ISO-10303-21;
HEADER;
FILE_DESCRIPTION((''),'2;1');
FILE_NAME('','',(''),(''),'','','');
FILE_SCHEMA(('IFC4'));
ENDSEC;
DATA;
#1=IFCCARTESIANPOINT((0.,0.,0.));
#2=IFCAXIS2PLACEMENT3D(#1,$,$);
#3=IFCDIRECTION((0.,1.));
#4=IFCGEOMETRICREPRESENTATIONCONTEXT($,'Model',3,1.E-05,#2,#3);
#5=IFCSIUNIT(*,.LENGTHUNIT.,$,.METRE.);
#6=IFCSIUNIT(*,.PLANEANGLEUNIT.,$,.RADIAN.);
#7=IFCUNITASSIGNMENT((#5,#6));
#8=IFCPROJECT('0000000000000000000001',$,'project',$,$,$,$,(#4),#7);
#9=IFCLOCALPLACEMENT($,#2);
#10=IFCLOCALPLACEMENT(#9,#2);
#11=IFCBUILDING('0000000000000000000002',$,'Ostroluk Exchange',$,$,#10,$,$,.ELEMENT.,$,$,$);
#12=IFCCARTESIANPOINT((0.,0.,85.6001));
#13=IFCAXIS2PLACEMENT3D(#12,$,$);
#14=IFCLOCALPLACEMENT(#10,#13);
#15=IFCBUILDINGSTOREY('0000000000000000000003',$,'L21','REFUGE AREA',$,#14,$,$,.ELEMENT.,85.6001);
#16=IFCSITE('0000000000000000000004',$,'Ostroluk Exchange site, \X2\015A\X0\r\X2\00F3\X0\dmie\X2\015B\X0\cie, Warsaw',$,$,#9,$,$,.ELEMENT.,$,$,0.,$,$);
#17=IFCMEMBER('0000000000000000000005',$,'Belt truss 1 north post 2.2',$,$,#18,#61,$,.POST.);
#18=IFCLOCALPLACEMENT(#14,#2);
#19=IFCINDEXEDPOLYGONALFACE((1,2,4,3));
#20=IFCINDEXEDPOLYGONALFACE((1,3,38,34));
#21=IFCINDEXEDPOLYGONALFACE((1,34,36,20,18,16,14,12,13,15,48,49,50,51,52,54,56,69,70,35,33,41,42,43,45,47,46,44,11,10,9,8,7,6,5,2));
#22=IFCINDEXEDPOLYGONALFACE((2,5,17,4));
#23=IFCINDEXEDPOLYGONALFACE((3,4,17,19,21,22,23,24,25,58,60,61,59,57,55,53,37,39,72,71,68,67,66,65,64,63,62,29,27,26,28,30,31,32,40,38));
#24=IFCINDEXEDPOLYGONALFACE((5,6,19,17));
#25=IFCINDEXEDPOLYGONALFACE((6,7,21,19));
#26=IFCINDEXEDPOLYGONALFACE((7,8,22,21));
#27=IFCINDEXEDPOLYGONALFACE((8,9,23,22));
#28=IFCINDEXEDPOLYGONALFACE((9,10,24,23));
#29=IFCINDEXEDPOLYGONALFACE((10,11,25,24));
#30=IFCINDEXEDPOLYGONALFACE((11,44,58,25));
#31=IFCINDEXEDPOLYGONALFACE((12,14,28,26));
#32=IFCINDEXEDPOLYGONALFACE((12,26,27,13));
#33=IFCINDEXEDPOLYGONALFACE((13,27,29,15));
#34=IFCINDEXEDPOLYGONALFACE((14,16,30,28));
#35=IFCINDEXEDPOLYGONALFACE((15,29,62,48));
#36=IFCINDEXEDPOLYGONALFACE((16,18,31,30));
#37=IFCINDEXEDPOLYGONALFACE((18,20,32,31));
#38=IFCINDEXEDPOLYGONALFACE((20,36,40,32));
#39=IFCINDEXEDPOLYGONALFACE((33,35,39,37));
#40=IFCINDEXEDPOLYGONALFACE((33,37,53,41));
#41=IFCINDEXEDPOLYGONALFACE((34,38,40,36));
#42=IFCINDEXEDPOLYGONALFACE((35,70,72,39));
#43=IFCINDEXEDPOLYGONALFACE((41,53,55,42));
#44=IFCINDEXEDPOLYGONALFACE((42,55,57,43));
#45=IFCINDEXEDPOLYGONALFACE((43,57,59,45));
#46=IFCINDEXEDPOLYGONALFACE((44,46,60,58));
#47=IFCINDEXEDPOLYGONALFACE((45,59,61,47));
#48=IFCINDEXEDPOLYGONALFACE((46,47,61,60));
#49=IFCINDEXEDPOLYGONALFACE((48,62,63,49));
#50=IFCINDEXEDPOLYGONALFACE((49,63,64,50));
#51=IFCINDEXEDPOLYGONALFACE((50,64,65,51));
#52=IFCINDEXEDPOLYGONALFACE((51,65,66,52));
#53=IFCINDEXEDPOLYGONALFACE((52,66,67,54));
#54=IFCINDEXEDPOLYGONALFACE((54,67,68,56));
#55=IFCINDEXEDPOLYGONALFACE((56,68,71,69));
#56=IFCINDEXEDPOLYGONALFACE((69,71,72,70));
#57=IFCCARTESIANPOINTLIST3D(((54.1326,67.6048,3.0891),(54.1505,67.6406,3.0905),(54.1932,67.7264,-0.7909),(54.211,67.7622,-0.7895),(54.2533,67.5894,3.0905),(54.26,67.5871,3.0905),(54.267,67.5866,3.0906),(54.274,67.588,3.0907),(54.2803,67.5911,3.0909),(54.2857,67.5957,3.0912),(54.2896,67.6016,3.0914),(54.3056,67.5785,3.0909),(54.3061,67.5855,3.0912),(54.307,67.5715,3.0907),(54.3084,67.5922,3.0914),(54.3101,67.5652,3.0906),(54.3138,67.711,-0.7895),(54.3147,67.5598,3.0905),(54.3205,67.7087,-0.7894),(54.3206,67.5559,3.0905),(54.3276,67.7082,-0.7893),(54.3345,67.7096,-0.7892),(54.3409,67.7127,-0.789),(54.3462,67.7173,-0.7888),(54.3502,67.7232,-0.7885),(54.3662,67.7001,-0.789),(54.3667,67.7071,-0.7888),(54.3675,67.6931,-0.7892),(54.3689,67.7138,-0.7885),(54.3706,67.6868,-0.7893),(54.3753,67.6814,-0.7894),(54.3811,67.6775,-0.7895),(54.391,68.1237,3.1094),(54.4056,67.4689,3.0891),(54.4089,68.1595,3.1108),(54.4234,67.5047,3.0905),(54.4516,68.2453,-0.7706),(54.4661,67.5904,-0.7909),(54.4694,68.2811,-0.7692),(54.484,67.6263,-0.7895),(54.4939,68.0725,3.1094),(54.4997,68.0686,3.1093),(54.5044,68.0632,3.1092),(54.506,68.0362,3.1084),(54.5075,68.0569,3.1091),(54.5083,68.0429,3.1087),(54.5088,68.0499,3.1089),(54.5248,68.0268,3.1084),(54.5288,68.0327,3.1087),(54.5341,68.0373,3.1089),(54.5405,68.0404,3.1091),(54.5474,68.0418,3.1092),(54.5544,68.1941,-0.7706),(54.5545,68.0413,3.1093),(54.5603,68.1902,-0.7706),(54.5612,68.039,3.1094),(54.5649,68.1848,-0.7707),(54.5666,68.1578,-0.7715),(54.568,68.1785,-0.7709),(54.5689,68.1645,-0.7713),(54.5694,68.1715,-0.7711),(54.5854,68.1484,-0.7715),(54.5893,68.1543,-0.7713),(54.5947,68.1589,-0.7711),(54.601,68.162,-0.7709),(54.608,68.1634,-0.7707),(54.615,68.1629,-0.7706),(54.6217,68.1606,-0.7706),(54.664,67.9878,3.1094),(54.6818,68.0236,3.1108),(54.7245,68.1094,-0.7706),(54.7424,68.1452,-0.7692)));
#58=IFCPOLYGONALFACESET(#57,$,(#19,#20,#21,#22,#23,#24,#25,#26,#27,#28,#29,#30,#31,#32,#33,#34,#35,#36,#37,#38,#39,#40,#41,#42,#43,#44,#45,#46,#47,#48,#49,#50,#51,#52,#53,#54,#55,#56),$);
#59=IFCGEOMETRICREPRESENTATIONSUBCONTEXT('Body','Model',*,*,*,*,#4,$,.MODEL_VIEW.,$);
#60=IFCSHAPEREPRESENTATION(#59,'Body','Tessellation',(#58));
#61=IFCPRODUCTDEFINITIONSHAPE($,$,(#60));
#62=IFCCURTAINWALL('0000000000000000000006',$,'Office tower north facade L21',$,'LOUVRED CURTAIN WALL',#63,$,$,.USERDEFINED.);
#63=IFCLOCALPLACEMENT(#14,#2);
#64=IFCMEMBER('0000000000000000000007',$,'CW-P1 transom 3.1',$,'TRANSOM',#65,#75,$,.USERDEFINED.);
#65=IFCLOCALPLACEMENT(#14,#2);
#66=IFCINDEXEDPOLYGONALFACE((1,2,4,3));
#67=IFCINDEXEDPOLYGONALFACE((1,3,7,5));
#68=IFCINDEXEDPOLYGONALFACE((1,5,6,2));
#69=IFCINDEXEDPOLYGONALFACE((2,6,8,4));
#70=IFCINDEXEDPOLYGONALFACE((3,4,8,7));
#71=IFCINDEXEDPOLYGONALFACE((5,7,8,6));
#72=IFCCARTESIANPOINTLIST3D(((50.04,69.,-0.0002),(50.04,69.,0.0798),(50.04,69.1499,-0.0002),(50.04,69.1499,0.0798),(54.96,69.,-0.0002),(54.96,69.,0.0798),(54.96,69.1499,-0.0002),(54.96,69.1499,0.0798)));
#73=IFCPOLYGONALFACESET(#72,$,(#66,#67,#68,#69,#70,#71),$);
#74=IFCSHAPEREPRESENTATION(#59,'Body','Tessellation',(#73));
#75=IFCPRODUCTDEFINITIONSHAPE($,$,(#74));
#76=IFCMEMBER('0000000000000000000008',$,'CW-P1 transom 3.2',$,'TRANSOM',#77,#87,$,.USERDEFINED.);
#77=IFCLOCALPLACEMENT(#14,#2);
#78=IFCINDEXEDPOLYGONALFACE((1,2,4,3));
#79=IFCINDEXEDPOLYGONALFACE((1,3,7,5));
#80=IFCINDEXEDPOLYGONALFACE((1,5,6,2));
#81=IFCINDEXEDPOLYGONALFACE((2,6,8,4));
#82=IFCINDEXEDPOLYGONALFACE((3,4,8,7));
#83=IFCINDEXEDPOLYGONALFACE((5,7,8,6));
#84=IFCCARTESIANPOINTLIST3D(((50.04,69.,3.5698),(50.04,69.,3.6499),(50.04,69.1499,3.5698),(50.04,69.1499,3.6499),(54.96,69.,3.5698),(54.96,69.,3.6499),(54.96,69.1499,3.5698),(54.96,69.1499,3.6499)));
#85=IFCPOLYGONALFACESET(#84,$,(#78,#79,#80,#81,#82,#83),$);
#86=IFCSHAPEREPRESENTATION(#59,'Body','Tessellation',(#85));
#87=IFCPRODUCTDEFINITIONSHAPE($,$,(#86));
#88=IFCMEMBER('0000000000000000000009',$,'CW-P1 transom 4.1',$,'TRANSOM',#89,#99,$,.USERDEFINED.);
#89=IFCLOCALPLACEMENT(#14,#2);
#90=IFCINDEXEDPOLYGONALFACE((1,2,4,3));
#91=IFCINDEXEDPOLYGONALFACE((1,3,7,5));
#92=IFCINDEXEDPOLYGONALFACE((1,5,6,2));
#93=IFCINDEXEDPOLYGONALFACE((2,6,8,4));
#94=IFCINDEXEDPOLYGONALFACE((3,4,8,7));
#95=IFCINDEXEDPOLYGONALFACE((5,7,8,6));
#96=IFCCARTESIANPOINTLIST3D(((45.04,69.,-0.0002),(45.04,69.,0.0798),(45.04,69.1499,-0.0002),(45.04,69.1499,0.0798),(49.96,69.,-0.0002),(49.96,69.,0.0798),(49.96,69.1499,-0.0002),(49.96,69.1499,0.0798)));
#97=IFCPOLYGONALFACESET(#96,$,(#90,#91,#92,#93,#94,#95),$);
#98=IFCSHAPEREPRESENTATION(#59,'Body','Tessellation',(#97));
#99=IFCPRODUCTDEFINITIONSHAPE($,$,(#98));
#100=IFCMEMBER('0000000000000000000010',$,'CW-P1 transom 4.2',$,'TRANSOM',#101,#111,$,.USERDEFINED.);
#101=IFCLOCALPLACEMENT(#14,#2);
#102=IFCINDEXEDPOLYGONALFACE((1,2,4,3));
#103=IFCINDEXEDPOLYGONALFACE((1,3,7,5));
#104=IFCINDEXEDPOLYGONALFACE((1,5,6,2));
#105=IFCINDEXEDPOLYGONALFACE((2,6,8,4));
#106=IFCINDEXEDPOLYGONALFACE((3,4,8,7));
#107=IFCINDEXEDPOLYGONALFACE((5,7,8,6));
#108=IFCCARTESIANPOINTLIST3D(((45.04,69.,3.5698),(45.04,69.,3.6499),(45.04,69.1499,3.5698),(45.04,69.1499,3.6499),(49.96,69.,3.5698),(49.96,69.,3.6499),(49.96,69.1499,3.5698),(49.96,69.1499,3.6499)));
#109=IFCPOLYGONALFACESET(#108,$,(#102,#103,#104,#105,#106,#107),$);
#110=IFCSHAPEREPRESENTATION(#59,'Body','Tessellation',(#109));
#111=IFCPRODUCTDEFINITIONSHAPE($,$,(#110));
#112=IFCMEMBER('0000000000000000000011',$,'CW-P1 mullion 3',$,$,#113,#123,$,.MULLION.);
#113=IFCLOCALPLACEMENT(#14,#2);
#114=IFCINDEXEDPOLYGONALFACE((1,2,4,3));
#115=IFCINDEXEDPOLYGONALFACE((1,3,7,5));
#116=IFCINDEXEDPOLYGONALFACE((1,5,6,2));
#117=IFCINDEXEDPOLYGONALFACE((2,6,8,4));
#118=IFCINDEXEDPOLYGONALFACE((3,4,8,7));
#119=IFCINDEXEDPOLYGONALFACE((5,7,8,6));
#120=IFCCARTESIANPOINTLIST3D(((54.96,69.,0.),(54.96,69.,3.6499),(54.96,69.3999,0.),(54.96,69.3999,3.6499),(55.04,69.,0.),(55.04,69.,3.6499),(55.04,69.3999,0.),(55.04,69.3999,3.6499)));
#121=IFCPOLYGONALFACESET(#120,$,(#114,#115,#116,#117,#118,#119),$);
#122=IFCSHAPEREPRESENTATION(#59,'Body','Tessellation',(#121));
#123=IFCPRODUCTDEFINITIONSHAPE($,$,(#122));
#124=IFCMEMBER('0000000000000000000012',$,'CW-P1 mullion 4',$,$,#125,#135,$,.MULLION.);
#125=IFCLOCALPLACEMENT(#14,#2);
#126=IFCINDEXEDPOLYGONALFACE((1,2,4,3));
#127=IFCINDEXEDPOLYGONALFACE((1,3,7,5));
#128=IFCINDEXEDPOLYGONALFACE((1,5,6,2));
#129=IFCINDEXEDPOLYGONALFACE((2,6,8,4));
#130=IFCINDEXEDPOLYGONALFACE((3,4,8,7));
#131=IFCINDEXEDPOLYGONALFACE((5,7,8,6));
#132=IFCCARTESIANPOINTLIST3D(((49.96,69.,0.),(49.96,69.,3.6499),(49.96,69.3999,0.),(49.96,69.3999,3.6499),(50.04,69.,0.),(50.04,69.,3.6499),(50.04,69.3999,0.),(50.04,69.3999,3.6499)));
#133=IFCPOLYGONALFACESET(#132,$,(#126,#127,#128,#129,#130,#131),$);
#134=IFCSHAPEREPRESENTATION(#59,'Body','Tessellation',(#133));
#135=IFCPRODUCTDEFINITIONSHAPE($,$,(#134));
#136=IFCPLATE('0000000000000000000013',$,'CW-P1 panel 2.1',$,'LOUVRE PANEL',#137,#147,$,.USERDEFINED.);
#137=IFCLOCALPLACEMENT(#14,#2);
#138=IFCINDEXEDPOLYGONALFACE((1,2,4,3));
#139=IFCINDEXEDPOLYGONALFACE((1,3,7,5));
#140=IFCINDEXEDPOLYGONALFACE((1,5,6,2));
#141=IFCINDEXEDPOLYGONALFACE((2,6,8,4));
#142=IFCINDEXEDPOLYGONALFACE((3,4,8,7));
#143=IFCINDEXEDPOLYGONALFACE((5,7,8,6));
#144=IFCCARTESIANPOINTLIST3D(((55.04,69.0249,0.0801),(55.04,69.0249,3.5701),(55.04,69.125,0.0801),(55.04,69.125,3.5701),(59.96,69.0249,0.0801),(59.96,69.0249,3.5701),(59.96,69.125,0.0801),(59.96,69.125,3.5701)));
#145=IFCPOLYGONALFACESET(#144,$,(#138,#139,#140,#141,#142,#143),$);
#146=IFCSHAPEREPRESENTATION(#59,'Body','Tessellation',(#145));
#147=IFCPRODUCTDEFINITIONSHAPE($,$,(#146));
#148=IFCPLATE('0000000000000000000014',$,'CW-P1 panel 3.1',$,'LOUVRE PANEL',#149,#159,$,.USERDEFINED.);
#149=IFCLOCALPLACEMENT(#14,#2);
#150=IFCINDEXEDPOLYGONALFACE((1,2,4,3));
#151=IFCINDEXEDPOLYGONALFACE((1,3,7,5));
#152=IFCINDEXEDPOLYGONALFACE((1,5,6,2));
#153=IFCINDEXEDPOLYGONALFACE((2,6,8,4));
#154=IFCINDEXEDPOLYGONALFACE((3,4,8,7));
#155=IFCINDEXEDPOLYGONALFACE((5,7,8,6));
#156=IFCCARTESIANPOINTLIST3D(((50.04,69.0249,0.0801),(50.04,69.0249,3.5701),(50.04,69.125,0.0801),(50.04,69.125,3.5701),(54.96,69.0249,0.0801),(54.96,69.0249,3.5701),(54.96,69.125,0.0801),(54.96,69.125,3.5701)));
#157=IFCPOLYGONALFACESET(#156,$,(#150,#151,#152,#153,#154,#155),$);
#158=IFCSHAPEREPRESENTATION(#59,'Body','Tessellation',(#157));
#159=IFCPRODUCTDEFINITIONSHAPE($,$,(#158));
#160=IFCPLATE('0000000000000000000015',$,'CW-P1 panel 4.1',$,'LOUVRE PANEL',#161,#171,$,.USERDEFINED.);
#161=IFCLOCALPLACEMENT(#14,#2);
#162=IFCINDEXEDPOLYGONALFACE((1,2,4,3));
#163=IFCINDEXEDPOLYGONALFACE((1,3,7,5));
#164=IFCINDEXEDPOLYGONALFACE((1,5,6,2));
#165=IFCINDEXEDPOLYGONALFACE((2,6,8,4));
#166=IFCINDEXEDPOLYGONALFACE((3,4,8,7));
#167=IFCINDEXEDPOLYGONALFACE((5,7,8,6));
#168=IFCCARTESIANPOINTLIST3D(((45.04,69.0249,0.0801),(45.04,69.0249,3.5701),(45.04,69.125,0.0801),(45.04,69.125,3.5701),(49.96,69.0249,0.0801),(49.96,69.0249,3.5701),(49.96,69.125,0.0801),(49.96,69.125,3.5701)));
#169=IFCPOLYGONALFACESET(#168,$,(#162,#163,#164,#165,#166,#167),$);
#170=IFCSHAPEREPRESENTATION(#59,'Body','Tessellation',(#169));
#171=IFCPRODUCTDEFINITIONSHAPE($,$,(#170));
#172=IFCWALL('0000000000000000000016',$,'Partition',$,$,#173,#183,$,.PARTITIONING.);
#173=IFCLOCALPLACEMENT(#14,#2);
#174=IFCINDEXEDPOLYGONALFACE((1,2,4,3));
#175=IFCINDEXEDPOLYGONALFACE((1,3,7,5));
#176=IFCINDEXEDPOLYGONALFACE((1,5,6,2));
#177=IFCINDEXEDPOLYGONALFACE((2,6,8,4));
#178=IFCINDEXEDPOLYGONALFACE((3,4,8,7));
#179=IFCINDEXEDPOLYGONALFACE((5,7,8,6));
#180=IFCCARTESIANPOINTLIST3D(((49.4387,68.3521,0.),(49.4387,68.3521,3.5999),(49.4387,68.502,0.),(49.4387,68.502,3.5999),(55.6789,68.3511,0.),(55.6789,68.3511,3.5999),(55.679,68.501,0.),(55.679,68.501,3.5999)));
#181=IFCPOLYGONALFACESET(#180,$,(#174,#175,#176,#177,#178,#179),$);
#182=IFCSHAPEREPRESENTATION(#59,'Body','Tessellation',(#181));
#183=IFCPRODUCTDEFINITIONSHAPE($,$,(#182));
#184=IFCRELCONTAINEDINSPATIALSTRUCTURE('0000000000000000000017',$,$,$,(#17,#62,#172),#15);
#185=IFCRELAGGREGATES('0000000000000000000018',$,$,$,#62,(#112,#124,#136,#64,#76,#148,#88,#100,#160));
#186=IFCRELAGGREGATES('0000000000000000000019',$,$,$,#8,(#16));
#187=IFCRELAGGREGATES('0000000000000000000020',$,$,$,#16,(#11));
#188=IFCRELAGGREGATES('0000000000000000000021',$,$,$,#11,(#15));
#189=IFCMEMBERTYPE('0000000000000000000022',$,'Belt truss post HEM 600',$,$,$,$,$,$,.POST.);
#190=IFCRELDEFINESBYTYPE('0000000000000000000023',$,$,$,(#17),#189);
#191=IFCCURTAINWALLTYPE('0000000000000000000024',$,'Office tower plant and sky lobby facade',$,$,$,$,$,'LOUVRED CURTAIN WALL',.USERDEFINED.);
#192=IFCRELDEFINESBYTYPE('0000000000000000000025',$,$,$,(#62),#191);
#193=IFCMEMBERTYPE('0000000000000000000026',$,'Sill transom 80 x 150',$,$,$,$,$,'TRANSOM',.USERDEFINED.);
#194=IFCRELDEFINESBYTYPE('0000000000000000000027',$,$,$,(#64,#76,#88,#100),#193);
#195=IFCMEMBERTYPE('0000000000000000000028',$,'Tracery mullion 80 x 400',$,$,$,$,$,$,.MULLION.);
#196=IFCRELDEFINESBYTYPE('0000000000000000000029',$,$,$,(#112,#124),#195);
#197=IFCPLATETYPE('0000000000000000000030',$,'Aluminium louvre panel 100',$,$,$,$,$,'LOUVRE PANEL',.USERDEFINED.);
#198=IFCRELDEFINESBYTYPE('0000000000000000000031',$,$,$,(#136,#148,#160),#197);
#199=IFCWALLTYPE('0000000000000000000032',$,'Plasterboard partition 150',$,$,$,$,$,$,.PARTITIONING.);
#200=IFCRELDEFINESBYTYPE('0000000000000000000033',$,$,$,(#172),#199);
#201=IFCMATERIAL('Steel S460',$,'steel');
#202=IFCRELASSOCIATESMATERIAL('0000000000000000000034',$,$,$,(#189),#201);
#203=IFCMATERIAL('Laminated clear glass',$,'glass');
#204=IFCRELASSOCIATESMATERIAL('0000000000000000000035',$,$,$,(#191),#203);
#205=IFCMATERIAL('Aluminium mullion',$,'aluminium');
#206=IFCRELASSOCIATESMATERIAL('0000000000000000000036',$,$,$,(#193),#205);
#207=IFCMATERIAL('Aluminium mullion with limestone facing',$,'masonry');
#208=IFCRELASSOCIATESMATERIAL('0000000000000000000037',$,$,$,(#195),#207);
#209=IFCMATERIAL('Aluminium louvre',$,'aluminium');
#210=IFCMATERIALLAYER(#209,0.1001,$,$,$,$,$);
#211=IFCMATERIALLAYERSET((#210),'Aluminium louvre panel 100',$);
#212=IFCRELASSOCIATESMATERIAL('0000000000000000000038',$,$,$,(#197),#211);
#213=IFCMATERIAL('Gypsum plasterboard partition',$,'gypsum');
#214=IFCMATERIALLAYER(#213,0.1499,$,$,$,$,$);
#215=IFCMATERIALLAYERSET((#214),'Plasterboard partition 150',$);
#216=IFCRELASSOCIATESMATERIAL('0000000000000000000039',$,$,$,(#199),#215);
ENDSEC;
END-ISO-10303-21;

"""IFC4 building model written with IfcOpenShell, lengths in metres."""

from ifc_helpers import new_model, si_unit, direction, frame, frame_2d, origin, origin_2d, place, context, subcontext, project, spatial, rectangle, i_section, extrude, material, layer, layer_set, material_profile, profile_set, type_object, element, aggregate, save


model = new_model("IFC4")

# Units and contexts
model_context = context("Model", 3, precision=1e-05, world=origin(), true_north=direction((0.0, 1.0)))
body_context = subcontext(model_context, "Body", "Model", "MODEL_VIEW")
ifc_project = project(units=[si_unit("LENGTHUNIT", "METRE"), si_unit("PLANEANGLEUNIT", "RADIAN")], contexts=[model_context])

# Site, building, storey
site_placement = place(None, origin())
site = spatial("IfcSite", under=ifc_project, at=site_placement, Name="Ostroluk Exchange site, Śródmieście, Warsaw", CompositionType="ELEMENT", RefElevation=0.0)
building_placement = place(site_placement, origin())
building = spatial("IfcBuilding", under=site, at=building_placement, Name="Ostroluk Exchange", CompositionType="ELEMENT")
storey_placement = place(building_placement, frame((0.0, 0.0, 85.6001)))
storey = spatial("IfcBuildingStorey", under=building, at=storey_placement, Name="L21", Description="REFUGE AREA", CompositionType="ELEMENT", Elevation=85.6001)

# Member
ifc_material_1 = material(Name="Steel S460", Category="steel")
ifc_material_profile_1 = material_profile(ifc_material_1, i_section(OverallWidth=0.3049, OverallDepth=0.6201, WebThickness=0.021, FlangeThickness=0.04, FilletRadius=0.0271, at=origin_2d()), Name="HEM 600")
ifc_profile_set_1 = profile_set([ifc_material_profile_1], Name="Steel S460")
member_type_1 = type_object("IfcMemberType", Name="Belt truss post HEM 600", PredefinedType="POST", material=ifc_profile_set_1)
member_1_placement = place(storey_placement, frame((54.4678, 67.9358, -0.78), z_axis=(-0.015596, -0.031317, 0.999388), x_axis=(0.895145, -0.445775, 0.0)))
element("IfcMember", 1, at=member_1_placement, inside=storey, type_object=member_type_1, Name="Belt truss 1 north post 2.2", PredefinedType="POST", context=body_context, shape_type="SweptSolid", body=[
    extrude(i_section(OverallWidth=0.3049, OverallDepth=0.6201, WebThickness=0.021, FlangeThickness=0.04, FilletRadius=0.0271, at=origin_2d()), origin(), (0.0, 0.0, 1.0), 3.8823),
])

# Curtain wall, members, plates
ifc_material_2 = material(Name="Laminated clear glass", Category="glass")
curtain_wall_type = type_object("IfcCurtainWallType", Name="Office tower plant and sky lobby facade", ElementType="LOUVRED CURTAIN WALL", PredefinedType="USERDEFINED", material=ifc_material_2)
curtain_wall_placement = place(storey_placement, origin())
curtain_wall = element("IfcCurtainWall", 2, at=curtain_wall_placement, inside=storey, type_object=curtain_wall_type, Name="Office tower north facade L21", ObjectType="LOUVRED CURTAIN WALL", PredefinedType="USERDEFINED")
ifc_material_3 = material(Name="Aluminium mullion", Category="aluminium")
ifc_material_profile_2 = material_profile(ifc_material_3, rectangle(XDim=0.1499, YDim=0.0801, at=origin_2d()), Name="Sill transom 80 x 150")
ifc_profile_set_2 = profile_set([ifc_material_profile_2], Name="Aluminium mullion")
member_type_2 = type_object("IfcMemberType", Name="Sill transom 80 x 150", ElementType="TRANSOM", PredefinedType="USERDEFINED", material=ifc_profile_set_2)
member_2_placement = place(storey_placement, frame((54.96, 69.075, 0.0398), z_axis=(-1.0, 0.0, 0.0), x_axis=(0.0, -1.0, 0.0)))
member_2 = element("IfcMember", 3, at=member_2_placement, type_object=member_type_2, Name="CW-P1 transom 3.1", ObjectType="TRANSOM", PredefinedType="USERDEFINED", context=body_context, shape_type="SweptSolid", body=[
    extrude(rectangle(XDim=0.1499, YDim=0.0801, at=origin_2d()), origin(), (0.0, 0.0, 1.0), 4.9199),
])
member_3_placement = place(storey_placement, frame((54.96, 69.075, 3.6099), z_axis=(-1.0, 0.0, 0.0), x_axis=(0.0, -1.0, 0.0)))
member_3 = element("IfcMember", 4, at=member_3_placement, type_object=member_type_2, Name="CW-P1 transom 3.2", ObjectType="TRANSOM", PredefinedType="USERDEFINED", context=body_context, shape_type="SweptSolid", body=[
    extrude(rectangle(XDim=0.1499, YDim=0.0801, at=origin_2d()), origin(), (0.0, 0.0, 1.0), 4.9199),
])
member_4_placement = place(storey_placement, frame((49.96, 69.075, 0.0398), z_axis=(-1.0, 0.0, 0.0), x_axis=(0.0, -1.0, 0.0)))
member_4 = element("IfcMember", 5, at=member_4_placement, type_object=member_type_2, Name="CW-P1 transom 4.1", ObjectType="TRANSOM", PredefinedType="USERDEFINED", context=body_context, shape_type="SweptSolid", body=[
    extrude(rectangle(XDim=0.1499, YDim=0.0801, at=origin_2d()), origin(), (0.0, 0.0, 1.0), 4.9199),
])
member_5_placement = place(storey_placement, frame((49.96, 69.075, 3.6099), z_axis=(-1.0, 0.0, 0.0), x_axis=(0.0, -1.0, 0.0)))
member_5 = element("IfcMember", 6, at=member_5_placement, type_object=member_type_2, Name="CW-P1 transom 4.2", ObjectType="TRANSOM", PredefinedType="USERDEFINED", context=body_context, shape_type="SweptSolid", body=[
    extrude(rectangle(XDim=0.1499, YDim=0.0801, at=origin_2d()), origin(), (0.0, 0.0, 1.0), 4.9199),
])
ifc_material_4 = material(Name="Aluminium mullion with limestone facing", Category="masonry")
ifc_material_profile_3 = material_profile(ifc_material_4, rectangle(XDim=0.3999, YDim=0.0801, at=origin_2d()), Name="Tracery mullion 80 x 400")
ifc_profile_set_3 = profile_set([ifc_material_profile_3], Name="Aluminium mullion with limestone facing")
member_type_3 = type_object("IfcMemberType", Name="Tracery mullion 80 x 400", PredefinedType="MULLION", material=ifc_profile_set_3)
member_6_placement = place(storey_placement, frame((55.0, 69.2, 0.0), z_axis=(0.0, 0.0, 1.0), x_axis=(0.0, -1.0, 0.0)))
member_6 = element("IfcMember", 7, at=member_6_placement, type_object=member_type_3, Name="CW-P1 mullion 3", PredefinedType="MULLION", context=body_context, shape_type="SweptSolid", body=[
    extrude(rectangle(XDim=0.3999, YDim=0.0801, at=origin_2d()), origin(), (0.0, 0.0, 1.0), 3.6499),
])
member_7_placement = place(storey_placement, frame((50.0, 69.2, 0.0), z_axis=(0.0, 0.0, 1.0), x_axis=(0.0, -1.0, 0.0)))
member_7 = element("IfcMember", 8, at=member_7_placement, type_object=member_type_3, Name="CW-P1 mullion 4", PredefinedType="MULLION", context=body_context, shape_type="SweptSolid", body=[
    extrude(rectangle(XDim=0.3999, YDim=0.0801, at=origin_2d()), origin(), (0.0, 0.0, 1.0), 3.6499),
])
ifc_material_5 = material(Name="Aluminium louvre", Category="aluminium")
ifc_layer_1 = layer(ifc_material_5, 0.1001)
ifc_layer_set_1 = layer_set([ifc_layer_1], Name="Aluminium louvre panel 100")
plate_type = type_object("IfcPlateType", Name="Aluminium louvre panel 100", ElementType="LOUVRE PANEL", PredefinedType="USERDEFINED", material=ifc_layer_set_1)
plate_1_placement = place(storey_placement, frame((57.5, 69.075, 0.0801), z_axis=(0.0, 0.0, 1.0), x_axis=(-1.0, 0.0, 0.0)))
plate_1 = element("IfcPlate", 9, at=plate_1_placement, type_object=plate_type, Name="CW-P1 panel 2.1", ObjectType="LOUVRE PANEL", PredefinedType="USERDEFINED", context=body_context, shape_type="SweptSolid", body=[
    extrude(rectangle(XDim=4.9199, YDim=0.1001, at=origin_2d()), origin(), (0.0, 0.0, 1.0), 3.49),
])
plate_2_placement = place(storey_placement, frame((52.5, 69.075, 0.0801), z_axis=(0.0, 0.0, 1.0), x_axis=(-1.0, 0.0, 0.0)))
plate_2 = element("IfcPlate", 10, at=plate_2_placement, type_object=plate_type, Name="CW-P1 panel 3.1", ObjectType="LOUVRE PANEL", PredefinedType="USERDEFINED", context=body_context, shape_type="SweptSolid", body=[
    extrude(rectangle(XDim=4.9199, YDim=0.1001, at=origin_2d()), origin(), (0.0, 0.0, 1.0), 3.49),
])
plate_3_placement = place(storey_placement, frame((47.5, 69.075, 0.0801), z_axis=(0.0, 0.0, 1.0), x_axis=(-1.0, 0.0, 0.0)))
plate_3 = element("IfcPlate", 11, at=plate_3_placement, type_object=plate_type, Name="CW-P1 panel 4.1", ObjectType="LOUVRE PANEL", PredefinedType="USERDEFINED", context=body_context, shape_type="SweptSolid", body=[
    extrude(rectangle(XDim=4.9199, YDim=0.1001, at=origin_2d()), origin(), (0.0, 0.0, 1.0), 3.49),
])
aggregate(curtain_wall, [member_6, member_7, plate_1, member_2, member_3, plate_2, member_4, member_5, plate_3])

# Wall
ifc_material_6 = material(Name="Gypsum plasterboard partition", Category="gypsum")
ifc_layer_2 = layer(ifc_material_6, 0.1499)
ifc_layer_set_2 = layer_set([ifc_layer_2], Name="Plasterboard partition 150")
wall_type = type_object("IfcWallType", Name="Plasterboard partition 150", PredefinedType="PARTITIONING", material=ifc_layer_set_2)
wall_1_placement = place(storey_placement, frame((49.4387, 68.427, 0.0), z_axis=(0.0, 0.0, 1.0), x_axis=(1.0, -0.000156, 0.0)))
element("IfcWall", 12, at=wall_1_placement, inside=storey, type_object=wall_type, Name="Partition", PredefinedType="PARTITIONING", context=body_context, shape_type="SweptSolid", body=[
    extrude(rectangle(XDim=6.2402, YDim=0.1499, at=frame_2d((3.1201, 0.0))), origin(), (0.0, 0.0, 1.0), 3.5999),
])

save(model, "model.ifc")
